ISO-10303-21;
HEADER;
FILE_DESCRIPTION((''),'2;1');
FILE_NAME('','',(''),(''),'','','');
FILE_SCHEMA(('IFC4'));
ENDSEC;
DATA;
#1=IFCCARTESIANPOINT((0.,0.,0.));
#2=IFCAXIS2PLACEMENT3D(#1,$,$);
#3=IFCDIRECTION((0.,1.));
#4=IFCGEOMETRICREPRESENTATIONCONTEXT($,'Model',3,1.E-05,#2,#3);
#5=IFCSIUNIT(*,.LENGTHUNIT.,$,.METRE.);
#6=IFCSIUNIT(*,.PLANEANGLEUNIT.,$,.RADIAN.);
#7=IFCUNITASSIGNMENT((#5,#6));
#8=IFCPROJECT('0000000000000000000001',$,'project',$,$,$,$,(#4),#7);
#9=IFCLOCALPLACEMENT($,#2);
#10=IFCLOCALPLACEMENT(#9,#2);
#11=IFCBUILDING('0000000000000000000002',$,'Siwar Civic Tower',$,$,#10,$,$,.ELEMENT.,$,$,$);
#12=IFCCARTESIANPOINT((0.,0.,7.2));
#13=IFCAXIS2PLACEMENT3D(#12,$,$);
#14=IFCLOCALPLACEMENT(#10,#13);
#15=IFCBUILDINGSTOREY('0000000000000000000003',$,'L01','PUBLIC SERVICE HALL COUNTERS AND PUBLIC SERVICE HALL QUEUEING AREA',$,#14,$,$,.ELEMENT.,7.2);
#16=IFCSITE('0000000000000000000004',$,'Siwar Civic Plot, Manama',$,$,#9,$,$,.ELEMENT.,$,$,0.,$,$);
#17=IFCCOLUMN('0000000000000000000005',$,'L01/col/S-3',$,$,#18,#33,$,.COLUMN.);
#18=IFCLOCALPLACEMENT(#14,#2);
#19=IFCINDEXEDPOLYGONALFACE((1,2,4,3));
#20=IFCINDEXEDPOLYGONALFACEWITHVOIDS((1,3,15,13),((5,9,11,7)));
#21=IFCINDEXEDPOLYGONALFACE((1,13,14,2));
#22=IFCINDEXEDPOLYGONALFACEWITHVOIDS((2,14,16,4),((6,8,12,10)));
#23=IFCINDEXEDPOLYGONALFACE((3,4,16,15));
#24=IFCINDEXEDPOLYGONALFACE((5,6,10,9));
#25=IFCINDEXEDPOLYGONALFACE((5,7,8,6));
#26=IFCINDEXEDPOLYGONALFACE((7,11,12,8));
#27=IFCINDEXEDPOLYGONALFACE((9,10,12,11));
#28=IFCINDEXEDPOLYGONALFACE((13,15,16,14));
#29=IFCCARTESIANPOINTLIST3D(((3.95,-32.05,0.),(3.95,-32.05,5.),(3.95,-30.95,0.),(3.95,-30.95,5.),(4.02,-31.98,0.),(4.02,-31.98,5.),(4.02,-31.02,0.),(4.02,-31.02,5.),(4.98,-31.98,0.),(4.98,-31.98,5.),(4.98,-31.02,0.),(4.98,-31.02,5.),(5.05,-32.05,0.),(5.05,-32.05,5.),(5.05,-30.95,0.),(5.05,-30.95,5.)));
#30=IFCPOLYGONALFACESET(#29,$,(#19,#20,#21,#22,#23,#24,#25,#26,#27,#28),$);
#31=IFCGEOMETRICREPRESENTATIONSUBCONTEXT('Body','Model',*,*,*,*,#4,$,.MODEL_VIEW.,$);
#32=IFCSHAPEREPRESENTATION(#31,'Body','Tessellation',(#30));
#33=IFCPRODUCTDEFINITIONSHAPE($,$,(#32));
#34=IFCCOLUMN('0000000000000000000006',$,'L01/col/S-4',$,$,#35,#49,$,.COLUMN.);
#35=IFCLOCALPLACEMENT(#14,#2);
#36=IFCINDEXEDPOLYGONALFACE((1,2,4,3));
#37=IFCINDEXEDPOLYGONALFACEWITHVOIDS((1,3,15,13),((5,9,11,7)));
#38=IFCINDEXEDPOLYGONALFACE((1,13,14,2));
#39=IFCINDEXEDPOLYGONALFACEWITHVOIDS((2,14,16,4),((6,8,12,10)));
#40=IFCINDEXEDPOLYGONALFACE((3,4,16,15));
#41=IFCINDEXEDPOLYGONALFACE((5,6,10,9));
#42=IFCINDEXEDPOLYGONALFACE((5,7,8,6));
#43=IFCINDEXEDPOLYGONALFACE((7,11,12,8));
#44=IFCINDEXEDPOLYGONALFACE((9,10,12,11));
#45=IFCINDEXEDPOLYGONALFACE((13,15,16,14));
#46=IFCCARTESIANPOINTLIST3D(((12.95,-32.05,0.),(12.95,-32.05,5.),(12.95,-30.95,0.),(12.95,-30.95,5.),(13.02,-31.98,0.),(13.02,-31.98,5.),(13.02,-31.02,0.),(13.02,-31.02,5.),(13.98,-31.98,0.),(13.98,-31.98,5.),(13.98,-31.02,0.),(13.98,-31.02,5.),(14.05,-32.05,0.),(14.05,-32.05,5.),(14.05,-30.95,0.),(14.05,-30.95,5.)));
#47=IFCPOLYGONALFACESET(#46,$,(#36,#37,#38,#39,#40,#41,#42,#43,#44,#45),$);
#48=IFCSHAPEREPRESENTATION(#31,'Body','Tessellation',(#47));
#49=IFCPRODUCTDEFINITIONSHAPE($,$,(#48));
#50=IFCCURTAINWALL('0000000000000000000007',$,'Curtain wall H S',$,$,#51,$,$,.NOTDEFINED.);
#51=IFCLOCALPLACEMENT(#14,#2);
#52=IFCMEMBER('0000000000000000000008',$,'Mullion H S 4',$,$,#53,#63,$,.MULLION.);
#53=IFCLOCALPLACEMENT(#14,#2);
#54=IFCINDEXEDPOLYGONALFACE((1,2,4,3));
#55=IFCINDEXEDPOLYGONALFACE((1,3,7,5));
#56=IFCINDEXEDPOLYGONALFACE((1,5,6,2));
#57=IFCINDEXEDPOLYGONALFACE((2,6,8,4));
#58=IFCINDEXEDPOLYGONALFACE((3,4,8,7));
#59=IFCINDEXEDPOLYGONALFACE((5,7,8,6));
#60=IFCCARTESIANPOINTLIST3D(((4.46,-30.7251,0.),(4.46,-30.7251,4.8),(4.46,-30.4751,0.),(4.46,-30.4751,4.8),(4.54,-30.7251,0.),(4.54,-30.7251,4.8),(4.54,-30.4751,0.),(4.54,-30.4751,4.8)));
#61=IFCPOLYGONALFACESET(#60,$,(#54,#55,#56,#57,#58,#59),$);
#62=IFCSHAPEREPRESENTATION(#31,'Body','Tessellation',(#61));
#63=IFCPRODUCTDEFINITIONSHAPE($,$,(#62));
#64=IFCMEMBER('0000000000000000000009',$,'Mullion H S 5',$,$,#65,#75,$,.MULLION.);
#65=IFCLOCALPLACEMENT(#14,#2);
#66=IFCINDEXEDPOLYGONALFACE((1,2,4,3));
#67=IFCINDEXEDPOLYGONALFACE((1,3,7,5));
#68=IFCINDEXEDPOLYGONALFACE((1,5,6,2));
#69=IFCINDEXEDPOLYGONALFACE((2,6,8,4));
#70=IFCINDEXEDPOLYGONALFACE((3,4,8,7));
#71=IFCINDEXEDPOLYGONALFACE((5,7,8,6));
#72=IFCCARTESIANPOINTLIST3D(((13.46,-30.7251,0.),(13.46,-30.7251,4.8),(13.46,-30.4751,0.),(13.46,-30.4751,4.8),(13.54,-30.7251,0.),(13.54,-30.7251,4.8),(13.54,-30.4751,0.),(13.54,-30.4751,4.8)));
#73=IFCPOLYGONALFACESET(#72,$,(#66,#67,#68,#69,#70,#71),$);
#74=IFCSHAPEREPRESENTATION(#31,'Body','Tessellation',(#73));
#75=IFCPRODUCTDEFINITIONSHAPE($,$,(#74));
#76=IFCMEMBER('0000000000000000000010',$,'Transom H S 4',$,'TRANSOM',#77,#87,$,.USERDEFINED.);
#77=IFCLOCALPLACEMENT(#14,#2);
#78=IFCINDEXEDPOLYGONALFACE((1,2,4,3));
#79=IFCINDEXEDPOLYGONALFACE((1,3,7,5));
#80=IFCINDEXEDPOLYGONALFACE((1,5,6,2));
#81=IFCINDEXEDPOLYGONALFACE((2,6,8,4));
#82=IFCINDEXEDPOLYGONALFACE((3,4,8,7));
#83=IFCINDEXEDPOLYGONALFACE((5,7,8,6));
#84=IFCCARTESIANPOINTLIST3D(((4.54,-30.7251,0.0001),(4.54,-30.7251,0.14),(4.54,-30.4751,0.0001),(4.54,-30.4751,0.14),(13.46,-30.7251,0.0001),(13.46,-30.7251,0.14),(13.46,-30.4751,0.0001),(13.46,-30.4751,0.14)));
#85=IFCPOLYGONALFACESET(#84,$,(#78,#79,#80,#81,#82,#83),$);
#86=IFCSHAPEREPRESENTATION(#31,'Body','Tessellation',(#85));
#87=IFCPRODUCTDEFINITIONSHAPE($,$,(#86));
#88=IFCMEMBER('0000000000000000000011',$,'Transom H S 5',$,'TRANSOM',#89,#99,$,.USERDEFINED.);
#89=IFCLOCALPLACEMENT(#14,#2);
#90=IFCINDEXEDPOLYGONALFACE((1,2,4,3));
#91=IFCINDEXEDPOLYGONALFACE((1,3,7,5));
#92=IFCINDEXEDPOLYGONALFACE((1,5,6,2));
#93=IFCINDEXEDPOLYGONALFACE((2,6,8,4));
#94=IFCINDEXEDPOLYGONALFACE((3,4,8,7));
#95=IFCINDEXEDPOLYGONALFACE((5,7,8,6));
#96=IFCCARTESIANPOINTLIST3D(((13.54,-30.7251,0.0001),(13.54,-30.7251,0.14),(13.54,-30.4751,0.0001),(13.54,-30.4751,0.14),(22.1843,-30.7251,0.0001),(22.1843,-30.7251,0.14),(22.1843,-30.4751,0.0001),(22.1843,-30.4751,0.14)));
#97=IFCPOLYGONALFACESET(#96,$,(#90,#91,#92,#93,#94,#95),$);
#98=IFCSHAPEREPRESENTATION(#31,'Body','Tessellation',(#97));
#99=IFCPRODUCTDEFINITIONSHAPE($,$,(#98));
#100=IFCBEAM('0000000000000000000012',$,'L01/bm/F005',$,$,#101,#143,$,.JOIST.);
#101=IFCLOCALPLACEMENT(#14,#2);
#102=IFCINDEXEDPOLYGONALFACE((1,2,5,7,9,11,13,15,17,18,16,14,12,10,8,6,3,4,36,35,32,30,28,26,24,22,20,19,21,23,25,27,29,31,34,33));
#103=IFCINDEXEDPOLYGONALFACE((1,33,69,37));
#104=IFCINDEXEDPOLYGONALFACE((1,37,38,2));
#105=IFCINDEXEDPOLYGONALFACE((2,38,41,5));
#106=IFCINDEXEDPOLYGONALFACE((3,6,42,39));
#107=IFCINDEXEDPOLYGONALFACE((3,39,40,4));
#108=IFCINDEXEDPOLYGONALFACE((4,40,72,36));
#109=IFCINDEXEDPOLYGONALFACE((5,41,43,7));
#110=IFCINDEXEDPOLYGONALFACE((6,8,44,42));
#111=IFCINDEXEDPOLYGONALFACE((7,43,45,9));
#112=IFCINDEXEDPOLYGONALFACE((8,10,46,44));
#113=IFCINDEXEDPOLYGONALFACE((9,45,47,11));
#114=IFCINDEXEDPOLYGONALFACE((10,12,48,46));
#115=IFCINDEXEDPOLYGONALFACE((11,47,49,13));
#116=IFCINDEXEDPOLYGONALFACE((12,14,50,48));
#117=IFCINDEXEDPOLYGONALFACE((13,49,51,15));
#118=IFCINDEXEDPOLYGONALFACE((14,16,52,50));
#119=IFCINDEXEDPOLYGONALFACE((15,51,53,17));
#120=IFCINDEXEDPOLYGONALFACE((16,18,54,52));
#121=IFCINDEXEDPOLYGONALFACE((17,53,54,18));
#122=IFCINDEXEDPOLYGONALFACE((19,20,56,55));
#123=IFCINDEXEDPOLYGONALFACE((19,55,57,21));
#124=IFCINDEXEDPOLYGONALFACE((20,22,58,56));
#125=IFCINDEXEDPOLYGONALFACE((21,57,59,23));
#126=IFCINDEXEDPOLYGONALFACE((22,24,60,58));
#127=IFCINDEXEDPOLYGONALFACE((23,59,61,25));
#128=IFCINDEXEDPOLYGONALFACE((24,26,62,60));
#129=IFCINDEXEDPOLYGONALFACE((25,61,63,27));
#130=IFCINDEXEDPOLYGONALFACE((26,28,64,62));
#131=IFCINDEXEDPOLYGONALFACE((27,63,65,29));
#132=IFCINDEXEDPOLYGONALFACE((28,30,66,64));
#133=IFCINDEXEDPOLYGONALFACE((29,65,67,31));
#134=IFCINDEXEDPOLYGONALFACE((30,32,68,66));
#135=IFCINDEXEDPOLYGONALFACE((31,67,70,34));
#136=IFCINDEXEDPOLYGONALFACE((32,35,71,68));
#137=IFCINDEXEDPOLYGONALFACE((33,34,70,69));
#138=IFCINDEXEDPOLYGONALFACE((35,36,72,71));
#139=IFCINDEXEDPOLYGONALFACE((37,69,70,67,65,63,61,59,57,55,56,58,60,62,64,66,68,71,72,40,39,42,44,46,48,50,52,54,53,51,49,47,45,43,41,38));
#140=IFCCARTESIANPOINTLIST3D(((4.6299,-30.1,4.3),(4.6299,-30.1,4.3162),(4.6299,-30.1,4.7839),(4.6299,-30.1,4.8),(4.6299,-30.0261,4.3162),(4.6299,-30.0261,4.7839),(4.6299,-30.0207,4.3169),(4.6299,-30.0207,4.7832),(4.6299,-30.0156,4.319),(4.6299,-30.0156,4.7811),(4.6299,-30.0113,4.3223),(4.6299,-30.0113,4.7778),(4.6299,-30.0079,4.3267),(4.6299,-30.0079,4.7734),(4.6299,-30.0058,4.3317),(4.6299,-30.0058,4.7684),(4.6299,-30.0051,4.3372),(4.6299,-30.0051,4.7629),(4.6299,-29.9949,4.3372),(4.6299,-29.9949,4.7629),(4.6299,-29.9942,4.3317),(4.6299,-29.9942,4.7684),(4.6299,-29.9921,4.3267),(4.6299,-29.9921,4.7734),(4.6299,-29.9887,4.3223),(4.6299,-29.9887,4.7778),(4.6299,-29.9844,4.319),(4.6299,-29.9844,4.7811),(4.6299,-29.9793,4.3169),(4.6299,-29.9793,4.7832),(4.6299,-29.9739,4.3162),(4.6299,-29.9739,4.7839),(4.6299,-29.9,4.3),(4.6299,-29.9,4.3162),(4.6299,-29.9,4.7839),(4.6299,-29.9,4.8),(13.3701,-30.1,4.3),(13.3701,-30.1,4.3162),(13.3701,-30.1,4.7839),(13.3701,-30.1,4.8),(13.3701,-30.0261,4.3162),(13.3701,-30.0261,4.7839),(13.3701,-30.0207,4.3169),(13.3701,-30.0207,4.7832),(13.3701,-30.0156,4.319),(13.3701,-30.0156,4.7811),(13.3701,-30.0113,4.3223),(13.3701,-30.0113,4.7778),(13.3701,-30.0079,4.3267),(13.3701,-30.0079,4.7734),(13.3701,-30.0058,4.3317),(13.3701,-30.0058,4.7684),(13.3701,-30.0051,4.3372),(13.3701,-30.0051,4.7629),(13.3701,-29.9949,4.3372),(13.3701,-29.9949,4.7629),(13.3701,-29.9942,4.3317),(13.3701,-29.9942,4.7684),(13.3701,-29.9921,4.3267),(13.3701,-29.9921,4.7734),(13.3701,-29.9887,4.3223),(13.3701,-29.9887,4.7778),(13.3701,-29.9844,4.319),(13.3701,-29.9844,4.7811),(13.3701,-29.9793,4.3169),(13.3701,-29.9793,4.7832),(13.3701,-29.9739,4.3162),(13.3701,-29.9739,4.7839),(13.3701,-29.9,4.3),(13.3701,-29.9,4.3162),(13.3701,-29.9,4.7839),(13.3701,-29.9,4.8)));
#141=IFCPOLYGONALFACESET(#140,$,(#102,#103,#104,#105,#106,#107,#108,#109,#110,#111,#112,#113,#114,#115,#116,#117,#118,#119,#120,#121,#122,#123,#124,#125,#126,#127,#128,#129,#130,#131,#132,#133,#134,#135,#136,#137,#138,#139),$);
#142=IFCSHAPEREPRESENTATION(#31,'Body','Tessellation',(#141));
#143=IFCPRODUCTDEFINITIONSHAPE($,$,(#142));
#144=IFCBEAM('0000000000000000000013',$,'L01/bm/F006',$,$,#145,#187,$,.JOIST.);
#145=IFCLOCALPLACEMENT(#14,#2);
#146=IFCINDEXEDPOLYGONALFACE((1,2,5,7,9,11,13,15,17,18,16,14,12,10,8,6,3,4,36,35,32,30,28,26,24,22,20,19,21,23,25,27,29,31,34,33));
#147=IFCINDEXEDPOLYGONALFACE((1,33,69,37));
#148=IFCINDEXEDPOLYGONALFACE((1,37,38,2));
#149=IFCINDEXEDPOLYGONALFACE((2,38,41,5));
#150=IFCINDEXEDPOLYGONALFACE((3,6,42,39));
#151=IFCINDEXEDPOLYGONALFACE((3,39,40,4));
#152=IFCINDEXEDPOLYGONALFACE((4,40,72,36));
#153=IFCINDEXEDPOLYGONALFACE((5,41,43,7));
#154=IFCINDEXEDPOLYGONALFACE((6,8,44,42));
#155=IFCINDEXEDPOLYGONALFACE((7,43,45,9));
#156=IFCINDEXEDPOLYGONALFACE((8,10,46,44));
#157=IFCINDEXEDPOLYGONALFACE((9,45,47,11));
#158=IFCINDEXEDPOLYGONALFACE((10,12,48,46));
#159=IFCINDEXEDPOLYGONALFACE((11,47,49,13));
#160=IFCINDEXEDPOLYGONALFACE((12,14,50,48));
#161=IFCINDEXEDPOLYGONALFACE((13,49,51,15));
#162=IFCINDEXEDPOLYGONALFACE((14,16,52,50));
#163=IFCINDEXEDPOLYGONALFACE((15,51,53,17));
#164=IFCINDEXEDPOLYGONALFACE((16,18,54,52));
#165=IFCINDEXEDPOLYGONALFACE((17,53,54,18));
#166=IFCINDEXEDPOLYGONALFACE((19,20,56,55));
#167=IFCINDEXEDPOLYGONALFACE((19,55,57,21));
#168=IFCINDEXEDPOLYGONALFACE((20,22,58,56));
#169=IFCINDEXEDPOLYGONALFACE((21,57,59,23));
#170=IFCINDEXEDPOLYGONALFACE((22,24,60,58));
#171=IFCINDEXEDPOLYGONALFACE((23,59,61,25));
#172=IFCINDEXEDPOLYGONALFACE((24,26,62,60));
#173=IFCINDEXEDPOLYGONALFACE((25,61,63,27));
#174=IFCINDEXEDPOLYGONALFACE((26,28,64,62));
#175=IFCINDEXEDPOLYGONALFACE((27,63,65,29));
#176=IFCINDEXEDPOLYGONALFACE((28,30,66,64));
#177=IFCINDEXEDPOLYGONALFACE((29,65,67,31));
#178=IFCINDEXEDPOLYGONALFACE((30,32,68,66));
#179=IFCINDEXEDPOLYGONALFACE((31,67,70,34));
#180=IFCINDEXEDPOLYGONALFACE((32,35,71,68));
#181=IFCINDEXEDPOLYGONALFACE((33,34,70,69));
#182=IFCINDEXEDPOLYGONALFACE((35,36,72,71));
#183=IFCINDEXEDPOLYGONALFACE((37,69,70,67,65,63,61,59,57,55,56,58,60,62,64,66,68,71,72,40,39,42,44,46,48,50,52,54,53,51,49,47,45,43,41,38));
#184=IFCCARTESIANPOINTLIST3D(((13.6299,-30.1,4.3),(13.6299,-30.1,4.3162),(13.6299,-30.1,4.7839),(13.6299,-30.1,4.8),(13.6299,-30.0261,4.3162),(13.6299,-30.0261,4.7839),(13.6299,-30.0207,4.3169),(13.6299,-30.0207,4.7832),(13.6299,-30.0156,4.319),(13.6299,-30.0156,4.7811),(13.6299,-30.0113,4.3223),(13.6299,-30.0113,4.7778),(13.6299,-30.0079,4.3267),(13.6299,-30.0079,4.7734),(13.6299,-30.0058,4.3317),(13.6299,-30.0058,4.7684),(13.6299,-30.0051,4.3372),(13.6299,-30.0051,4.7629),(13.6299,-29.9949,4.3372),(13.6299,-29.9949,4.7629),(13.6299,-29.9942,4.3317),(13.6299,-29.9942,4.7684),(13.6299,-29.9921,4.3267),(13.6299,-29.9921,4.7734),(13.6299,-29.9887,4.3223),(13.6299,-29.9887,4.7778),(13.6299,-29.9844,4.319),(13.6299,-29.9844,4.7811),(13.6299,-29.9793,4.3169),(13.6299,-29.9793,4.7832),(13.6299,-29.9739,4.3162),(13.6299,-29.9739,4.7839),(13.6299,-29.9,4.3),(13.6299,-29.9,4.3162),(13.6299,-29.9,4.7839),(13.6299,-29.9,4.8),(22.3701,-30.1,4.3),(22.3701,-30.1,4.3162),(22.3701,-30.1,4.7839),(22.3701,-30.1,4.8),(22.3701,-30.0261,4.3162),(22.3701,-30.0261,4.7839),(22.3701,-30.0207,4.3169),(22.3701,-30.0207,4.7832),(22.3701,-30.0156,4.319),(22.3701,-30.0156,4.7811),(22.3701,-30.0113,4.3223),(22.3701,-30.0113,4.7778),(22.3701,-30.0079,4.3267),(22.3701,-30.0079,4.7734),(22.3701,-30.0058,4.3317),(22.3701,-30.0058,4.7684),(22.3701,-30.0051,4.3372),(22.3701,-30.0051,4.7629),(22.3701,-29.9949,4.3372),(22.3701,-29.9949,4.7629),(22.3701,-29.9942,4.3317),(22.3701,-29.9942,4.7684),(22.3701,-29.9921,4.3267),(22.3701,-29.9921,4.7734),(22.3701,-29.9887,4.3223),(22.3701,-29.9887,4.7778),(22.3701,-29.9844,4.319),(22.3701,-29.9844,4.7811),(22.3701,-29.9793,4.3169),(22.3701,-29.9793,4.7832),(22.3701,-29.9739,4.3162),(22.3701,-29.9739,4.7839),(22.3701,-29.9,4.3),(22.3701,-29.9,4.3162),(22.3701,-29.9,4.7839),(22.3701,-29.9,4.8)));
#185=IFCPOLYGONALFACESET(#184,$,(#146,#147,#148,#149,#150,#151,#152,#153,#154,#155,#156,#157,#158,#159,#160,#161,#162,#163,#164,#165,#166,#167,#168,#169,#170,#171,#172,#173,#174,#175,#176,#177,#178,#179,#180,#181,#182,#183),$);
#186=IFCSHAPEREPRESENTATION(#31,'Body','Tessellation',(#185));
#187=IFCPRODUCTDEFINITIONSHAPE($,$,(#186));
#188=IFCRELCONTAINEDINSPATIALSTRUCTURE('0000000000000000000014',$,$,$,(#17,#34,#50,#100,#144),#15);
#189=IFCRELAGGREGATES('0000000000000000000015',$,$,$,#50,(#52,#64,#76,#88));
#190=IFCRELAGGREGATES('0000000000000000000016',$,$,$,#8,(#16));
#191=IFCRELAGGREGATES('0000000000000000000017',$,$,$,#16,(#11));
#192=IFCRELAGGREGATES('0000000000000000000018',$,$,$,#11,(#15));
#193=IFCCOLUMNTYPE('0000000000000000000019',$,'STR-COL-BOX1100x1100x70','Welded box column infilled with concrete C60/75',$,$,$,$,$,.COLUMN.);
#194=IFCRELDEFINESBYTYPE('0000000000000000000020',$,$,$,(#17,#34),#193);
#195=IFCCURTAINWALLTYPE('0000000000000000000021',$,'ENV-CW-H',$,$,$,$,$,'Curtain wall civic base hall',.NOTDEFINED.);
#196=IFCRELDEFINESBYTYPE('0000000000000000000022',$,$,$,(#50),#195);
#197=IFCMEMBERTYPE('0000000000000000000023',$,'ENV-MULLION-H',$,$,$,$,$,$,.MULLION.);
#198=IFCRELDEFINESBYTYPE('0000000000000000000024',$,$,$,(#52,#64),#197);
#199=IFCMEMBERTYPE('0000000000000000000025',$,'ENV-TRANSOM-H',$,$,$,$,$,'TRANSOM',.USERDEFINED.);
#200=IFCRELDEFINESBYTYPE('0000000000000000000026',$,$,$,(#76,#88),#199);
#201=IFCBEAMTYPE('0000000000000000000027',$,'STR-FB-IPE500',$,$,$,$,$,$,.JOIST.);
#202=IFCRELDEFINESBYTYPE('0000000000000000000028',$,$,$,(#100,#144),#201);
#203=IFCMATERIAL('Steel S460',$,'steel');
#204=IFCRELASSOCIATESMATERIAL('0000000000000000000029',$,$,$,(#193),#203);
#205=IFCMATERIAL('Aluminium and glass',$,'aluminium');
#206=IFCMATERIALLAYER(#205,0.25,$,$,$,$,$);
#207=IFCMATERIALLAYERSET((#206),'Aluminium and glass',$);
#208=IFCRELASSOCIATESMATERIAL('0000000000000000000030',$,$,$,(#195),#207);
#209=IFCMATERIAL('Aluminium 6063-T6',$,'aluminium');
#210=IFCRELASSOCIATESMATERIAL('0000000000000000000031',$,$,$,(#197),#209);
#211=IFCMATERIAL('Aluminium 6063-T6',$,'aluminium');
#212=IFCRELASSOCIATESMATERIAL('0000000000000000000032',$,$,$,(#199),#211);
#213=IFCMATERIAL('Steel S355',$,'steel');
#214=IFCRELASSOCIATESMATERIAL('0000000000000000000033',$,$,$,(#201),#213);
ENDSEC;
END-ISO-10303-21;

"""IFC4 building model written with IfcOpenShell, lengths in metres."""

from ifc_helpers import new_model, si_unit, direction, frame, origin, origin_2d, place, context, subcontext, project, spatial, rectangle, hollow_rectangle, i_section, extrude, material, layer, layer_set, material_profile, profile_set, type_object, element, aggregate, save


model = new_model("IFC4")

# Units and contexts
model_context = context("Model", 3, precision=1e-05, world=origin(), true_north=direction((0.0, 1.0)))
body_context = subcontext(model_context, "Body", "Model", "MODEL_VIEW")
ifc_project = project(units=[si_unit("LENGTHUNIT", "METRE"), si_unit("PLANEANGLEUNIT", "RADIAN")], contexts=[model_context])

# Site, building, storey
site_placement = place(None, origin())
site = spatial("IfcSite", under=ifc_project, at=site_placement, Name="Siwar Civic Plot, Manama", CompositionType="ELEMENT", RefElevation=0.0)
building_placement = place(site_placement, origin())
building = spatial("IfcBuilding", under=site, at=building_placement, Name="Siwar Civic Tower", CompositionType="ELEMENT")
storey_placement = place(building_placement, frame((0.0, 0.0, 7.2)))
storey = spatial("IfcBuildingStorey", under=building, at=storey_placement, Name="L01", Description="PUBLIC SERVICE HALL COUNTERS AND PUBLIC SERVICE HALL QUEUEING AREA", CompositionType="ELEMENT", Elevation=7.2)

# Columns
ifc_material_1 = material(Name="Steel S460", Category="steel")
ifc_material_profile_1 = material_profile(ifc_material_1, hollow_rectangle(XDim=1.1001, YDim=1.1001, WallThickness=0.0701, at=origin_2d()), Name="BOX1100x1100x70")
ifc_profile_set_1 = profile_set([ifc_material_profile_1], Name="Steel S460")
column_type = type_object("IfcColumnType", Name="STR-COL-BOX1100x1100x70", Description="Welded box column infilled with concrete C60/75", PredefinedType="COLUMN", material=ifc_profile_set_1)
for number, where, z_axis, x_axis, name in (
    (1, (4.5, -31.5, 0.0), (0.0, 0.0, 1.0), (1.0, 0.0, 0.0), "L01/col/S-3"),
    (2, (13.5, -31.5, 0.0), (0.0, 0.0, 1.0), (1.0, 0.0, 0.0), "L01/col/S-4"),
):
    element("IfcColumn", number, at=place(storey_placement, frame(where, z_axis=z_axis, x_axis=x_axis)), inside=storey, type_object=column_type, Name=name, PredefinedType="COLUMN", context=body_context, shape_type="SweptSolid", body=[
        extrude(hollow_rectangle(XDim=1.1001, YDim=1.1001, WallThickness=0.0701, at=origin_2d()), origin(), (0.0, 0.0, 1.0), 5.0),
    ])

# Curtain wall, members
ifc_material_2 = material(Name="Aluminium and glass", Category="aluminium")
ifc_layer_1 = layer(ifc_material_2, 0.25)
ifc_layer_set_1 = layer_set([ifc_layer_1], Name="Aluminium and glass")
curtain_wall_type = type_object("IfcCurtainWallType", Name="ENV-CW-H", ElementType="Curtain wall civic base hall", PredefinedType="NOTDEFINED", material=ifc_layer_set_1)
curtain_wall_placement = place(storey_placement, origin())
curtain_wall = element("IfcCurtainWall", 3, at=curtain_wall_placement, inside=storey, type_object=curtain_wall_type, Name="Curtain wall H S", PredefinedType="NOTDEFINED")
ifc_material_3 = material(Name="Aluminium 6063-T6", Category="aluminium")
ifc_material_profile_2 = material_profile(ifc_material_3, rectangle(XDim=0.25, YDim=0.0801, at=origin_2d()), Name="AL 250x80")
ifc_profile_set_2 = profile_set([ifc_material_profile_2], Name="Aluminium 6063-T6")
member_type_1 = type_object("IfcMemberType", Name="ENV-MULLION-H", PredefinedType="MULLION", material=ifc_profile_set_2)
member_1_placement = place(storey_placement, frame((4.5, -30.6001, 0.0), z_axis=(0.0, 0.0, 1.0), x_axis=(0.0, 1.0, 0.0)))
member_1 = element("IfcMember", 4, at=member_1_placement, type_object=member_type_1, Name="Mullion H S 4", PredefinedType="MULLION", context=body_context, shape_type="SweptSolid", body=[
    extrude(rectangle(XDim=0.25, YDim=0.0801, at=origin_2d()), origin(), (0.0, 0.0, 1.0), 4.8),
])
member_2_placement = place(storey_placement, frame((13.5, -30.6001, 0.0), z_axis=(0.0, 0.0, 1.0), x_axis=(0.0, 1.0, 0.0)))
member_2 = element("IfcMember", 5, at=member_2_placement, type_object=member_type_1, Name="Mullion H S 5", PredefinedType="MULLION", context=body_context, shape_type="SweptSolid", body=[
    extrude(rectangle(XDim=0.25, YDim=0.0801, at=origin_2d()), origin(), (0.0, 0.0, 1.0), 4.8),
])
ifc_material_4 = material(Name="Aluminium 6063-T6", Category="aluminium")
ifc_material_profile_3 = material_profile(ifc_material_4, rectangle(XDim=0.25, YDim=0.1399, at=origin_2d()), Name="AL 250x140")
ifc_profile_set_3 = profile_set([ifc_material_profile_3], Name="Aluminium 6063-T6")
member_type_2 = type_object("IfcMemberType", Name="ENV-TRANSOM-H", ElementType="TRANSOM", PredefinedType="USERDEFINED", material=ifc_profile_set_3)
member_3_placement = place(storey_placement, frame((4.54, -30.6001, 0.0701), z_axis=(1.0, 0.0, 0.0), x_axis=(0.0, 1.0, 0.0)))
member_3 = element("IfcMember", 6, at=member_3_placement, type_object=member_type_2, Name="Transom H S 4", ObjectType="TRANSOM", PredefinedType="USERDEFINED", context=body_context, shape_type="SweptSolid", body=[
    extrude(rectangle(XDim=0.25, YDim=0.1399, at=origin_2d()), origin(), (0.0, 0.0, 1.0), 8.9199),
])
member_4_placement = place(storey_placement, frame((13.54, -30.6001, 0.0701), z_axis=(1.0, 0.0, 0.0), x_axis=(0.0, 1.0, 0.0)))
member_4 = element("IfcMember", 7, at=member_4_placement, type_object=member_type_2, Name="Transom H S 5", ObjectType="TRANSOM", PredefinedType="USERDEFINED", context=body_context, shape_type="SweptSolid", body=[
    extrude(rectangle(XDim=0.25, YDim=0.1399, at=origin_2d()), origin(), (0.0, 0.0, 1.0), 8.6443),
])

# Beams
ifc_material_5 = material(Name="Steel S355", Category="steel")
ifc_material_profile_4 = material_profile(ifc_material_5, i_section(OverallWidth=0.2, OverallDepth=0.5, WebThickness=0.0103, FlangeThickness=0.0161, FilletRadius=0.021, at=origin_2d()), Name="IPE500")
ifc_profile_set_4 = profile_set([ifc_material_profile_4], Name="Steel S355")
beam_type_1 = type_object("IfcBeamType", Name="STR-FB-IPE500", PredefinedType="JOIST", material=ifc_profile_set_4)
for number, where, z_axis, x_axis, name in (
    (8, (4.6299, -30.0, 4.55), (1.0, 0.0, 0.0), (0.0, 1.0, 0.0), "L01/bm/F005"),
    (9, (13.6299, -30.0, 4.55), (1.0, 0.0, 0.0), (0.0, 1.0, 0.0), "L01/bm/F006"),
):
    element("IfcBeam", number, at=place(storey_placement, frame(where, z_axis=z_axis, x_axis=x_axis)), inside=storey, type_object=beam_type_1, Name=name, PredefinedType="JOIST", context=body_context, shape_type="SweptSolid", body=[
        extrude(i_section(OverallWidth=0.2, OverallDepth=0.5, WebThickness=0.0103, FlangeThickness=0.0161, FilletRadius=0.021, at=origin_2d()), origin(), (0.0, 0.0, 1.0), 8.7402),
    ])

aggregate(curtain_wall, [member_1, member_2, member_3, member_4])

save(model, "model.ifc")
